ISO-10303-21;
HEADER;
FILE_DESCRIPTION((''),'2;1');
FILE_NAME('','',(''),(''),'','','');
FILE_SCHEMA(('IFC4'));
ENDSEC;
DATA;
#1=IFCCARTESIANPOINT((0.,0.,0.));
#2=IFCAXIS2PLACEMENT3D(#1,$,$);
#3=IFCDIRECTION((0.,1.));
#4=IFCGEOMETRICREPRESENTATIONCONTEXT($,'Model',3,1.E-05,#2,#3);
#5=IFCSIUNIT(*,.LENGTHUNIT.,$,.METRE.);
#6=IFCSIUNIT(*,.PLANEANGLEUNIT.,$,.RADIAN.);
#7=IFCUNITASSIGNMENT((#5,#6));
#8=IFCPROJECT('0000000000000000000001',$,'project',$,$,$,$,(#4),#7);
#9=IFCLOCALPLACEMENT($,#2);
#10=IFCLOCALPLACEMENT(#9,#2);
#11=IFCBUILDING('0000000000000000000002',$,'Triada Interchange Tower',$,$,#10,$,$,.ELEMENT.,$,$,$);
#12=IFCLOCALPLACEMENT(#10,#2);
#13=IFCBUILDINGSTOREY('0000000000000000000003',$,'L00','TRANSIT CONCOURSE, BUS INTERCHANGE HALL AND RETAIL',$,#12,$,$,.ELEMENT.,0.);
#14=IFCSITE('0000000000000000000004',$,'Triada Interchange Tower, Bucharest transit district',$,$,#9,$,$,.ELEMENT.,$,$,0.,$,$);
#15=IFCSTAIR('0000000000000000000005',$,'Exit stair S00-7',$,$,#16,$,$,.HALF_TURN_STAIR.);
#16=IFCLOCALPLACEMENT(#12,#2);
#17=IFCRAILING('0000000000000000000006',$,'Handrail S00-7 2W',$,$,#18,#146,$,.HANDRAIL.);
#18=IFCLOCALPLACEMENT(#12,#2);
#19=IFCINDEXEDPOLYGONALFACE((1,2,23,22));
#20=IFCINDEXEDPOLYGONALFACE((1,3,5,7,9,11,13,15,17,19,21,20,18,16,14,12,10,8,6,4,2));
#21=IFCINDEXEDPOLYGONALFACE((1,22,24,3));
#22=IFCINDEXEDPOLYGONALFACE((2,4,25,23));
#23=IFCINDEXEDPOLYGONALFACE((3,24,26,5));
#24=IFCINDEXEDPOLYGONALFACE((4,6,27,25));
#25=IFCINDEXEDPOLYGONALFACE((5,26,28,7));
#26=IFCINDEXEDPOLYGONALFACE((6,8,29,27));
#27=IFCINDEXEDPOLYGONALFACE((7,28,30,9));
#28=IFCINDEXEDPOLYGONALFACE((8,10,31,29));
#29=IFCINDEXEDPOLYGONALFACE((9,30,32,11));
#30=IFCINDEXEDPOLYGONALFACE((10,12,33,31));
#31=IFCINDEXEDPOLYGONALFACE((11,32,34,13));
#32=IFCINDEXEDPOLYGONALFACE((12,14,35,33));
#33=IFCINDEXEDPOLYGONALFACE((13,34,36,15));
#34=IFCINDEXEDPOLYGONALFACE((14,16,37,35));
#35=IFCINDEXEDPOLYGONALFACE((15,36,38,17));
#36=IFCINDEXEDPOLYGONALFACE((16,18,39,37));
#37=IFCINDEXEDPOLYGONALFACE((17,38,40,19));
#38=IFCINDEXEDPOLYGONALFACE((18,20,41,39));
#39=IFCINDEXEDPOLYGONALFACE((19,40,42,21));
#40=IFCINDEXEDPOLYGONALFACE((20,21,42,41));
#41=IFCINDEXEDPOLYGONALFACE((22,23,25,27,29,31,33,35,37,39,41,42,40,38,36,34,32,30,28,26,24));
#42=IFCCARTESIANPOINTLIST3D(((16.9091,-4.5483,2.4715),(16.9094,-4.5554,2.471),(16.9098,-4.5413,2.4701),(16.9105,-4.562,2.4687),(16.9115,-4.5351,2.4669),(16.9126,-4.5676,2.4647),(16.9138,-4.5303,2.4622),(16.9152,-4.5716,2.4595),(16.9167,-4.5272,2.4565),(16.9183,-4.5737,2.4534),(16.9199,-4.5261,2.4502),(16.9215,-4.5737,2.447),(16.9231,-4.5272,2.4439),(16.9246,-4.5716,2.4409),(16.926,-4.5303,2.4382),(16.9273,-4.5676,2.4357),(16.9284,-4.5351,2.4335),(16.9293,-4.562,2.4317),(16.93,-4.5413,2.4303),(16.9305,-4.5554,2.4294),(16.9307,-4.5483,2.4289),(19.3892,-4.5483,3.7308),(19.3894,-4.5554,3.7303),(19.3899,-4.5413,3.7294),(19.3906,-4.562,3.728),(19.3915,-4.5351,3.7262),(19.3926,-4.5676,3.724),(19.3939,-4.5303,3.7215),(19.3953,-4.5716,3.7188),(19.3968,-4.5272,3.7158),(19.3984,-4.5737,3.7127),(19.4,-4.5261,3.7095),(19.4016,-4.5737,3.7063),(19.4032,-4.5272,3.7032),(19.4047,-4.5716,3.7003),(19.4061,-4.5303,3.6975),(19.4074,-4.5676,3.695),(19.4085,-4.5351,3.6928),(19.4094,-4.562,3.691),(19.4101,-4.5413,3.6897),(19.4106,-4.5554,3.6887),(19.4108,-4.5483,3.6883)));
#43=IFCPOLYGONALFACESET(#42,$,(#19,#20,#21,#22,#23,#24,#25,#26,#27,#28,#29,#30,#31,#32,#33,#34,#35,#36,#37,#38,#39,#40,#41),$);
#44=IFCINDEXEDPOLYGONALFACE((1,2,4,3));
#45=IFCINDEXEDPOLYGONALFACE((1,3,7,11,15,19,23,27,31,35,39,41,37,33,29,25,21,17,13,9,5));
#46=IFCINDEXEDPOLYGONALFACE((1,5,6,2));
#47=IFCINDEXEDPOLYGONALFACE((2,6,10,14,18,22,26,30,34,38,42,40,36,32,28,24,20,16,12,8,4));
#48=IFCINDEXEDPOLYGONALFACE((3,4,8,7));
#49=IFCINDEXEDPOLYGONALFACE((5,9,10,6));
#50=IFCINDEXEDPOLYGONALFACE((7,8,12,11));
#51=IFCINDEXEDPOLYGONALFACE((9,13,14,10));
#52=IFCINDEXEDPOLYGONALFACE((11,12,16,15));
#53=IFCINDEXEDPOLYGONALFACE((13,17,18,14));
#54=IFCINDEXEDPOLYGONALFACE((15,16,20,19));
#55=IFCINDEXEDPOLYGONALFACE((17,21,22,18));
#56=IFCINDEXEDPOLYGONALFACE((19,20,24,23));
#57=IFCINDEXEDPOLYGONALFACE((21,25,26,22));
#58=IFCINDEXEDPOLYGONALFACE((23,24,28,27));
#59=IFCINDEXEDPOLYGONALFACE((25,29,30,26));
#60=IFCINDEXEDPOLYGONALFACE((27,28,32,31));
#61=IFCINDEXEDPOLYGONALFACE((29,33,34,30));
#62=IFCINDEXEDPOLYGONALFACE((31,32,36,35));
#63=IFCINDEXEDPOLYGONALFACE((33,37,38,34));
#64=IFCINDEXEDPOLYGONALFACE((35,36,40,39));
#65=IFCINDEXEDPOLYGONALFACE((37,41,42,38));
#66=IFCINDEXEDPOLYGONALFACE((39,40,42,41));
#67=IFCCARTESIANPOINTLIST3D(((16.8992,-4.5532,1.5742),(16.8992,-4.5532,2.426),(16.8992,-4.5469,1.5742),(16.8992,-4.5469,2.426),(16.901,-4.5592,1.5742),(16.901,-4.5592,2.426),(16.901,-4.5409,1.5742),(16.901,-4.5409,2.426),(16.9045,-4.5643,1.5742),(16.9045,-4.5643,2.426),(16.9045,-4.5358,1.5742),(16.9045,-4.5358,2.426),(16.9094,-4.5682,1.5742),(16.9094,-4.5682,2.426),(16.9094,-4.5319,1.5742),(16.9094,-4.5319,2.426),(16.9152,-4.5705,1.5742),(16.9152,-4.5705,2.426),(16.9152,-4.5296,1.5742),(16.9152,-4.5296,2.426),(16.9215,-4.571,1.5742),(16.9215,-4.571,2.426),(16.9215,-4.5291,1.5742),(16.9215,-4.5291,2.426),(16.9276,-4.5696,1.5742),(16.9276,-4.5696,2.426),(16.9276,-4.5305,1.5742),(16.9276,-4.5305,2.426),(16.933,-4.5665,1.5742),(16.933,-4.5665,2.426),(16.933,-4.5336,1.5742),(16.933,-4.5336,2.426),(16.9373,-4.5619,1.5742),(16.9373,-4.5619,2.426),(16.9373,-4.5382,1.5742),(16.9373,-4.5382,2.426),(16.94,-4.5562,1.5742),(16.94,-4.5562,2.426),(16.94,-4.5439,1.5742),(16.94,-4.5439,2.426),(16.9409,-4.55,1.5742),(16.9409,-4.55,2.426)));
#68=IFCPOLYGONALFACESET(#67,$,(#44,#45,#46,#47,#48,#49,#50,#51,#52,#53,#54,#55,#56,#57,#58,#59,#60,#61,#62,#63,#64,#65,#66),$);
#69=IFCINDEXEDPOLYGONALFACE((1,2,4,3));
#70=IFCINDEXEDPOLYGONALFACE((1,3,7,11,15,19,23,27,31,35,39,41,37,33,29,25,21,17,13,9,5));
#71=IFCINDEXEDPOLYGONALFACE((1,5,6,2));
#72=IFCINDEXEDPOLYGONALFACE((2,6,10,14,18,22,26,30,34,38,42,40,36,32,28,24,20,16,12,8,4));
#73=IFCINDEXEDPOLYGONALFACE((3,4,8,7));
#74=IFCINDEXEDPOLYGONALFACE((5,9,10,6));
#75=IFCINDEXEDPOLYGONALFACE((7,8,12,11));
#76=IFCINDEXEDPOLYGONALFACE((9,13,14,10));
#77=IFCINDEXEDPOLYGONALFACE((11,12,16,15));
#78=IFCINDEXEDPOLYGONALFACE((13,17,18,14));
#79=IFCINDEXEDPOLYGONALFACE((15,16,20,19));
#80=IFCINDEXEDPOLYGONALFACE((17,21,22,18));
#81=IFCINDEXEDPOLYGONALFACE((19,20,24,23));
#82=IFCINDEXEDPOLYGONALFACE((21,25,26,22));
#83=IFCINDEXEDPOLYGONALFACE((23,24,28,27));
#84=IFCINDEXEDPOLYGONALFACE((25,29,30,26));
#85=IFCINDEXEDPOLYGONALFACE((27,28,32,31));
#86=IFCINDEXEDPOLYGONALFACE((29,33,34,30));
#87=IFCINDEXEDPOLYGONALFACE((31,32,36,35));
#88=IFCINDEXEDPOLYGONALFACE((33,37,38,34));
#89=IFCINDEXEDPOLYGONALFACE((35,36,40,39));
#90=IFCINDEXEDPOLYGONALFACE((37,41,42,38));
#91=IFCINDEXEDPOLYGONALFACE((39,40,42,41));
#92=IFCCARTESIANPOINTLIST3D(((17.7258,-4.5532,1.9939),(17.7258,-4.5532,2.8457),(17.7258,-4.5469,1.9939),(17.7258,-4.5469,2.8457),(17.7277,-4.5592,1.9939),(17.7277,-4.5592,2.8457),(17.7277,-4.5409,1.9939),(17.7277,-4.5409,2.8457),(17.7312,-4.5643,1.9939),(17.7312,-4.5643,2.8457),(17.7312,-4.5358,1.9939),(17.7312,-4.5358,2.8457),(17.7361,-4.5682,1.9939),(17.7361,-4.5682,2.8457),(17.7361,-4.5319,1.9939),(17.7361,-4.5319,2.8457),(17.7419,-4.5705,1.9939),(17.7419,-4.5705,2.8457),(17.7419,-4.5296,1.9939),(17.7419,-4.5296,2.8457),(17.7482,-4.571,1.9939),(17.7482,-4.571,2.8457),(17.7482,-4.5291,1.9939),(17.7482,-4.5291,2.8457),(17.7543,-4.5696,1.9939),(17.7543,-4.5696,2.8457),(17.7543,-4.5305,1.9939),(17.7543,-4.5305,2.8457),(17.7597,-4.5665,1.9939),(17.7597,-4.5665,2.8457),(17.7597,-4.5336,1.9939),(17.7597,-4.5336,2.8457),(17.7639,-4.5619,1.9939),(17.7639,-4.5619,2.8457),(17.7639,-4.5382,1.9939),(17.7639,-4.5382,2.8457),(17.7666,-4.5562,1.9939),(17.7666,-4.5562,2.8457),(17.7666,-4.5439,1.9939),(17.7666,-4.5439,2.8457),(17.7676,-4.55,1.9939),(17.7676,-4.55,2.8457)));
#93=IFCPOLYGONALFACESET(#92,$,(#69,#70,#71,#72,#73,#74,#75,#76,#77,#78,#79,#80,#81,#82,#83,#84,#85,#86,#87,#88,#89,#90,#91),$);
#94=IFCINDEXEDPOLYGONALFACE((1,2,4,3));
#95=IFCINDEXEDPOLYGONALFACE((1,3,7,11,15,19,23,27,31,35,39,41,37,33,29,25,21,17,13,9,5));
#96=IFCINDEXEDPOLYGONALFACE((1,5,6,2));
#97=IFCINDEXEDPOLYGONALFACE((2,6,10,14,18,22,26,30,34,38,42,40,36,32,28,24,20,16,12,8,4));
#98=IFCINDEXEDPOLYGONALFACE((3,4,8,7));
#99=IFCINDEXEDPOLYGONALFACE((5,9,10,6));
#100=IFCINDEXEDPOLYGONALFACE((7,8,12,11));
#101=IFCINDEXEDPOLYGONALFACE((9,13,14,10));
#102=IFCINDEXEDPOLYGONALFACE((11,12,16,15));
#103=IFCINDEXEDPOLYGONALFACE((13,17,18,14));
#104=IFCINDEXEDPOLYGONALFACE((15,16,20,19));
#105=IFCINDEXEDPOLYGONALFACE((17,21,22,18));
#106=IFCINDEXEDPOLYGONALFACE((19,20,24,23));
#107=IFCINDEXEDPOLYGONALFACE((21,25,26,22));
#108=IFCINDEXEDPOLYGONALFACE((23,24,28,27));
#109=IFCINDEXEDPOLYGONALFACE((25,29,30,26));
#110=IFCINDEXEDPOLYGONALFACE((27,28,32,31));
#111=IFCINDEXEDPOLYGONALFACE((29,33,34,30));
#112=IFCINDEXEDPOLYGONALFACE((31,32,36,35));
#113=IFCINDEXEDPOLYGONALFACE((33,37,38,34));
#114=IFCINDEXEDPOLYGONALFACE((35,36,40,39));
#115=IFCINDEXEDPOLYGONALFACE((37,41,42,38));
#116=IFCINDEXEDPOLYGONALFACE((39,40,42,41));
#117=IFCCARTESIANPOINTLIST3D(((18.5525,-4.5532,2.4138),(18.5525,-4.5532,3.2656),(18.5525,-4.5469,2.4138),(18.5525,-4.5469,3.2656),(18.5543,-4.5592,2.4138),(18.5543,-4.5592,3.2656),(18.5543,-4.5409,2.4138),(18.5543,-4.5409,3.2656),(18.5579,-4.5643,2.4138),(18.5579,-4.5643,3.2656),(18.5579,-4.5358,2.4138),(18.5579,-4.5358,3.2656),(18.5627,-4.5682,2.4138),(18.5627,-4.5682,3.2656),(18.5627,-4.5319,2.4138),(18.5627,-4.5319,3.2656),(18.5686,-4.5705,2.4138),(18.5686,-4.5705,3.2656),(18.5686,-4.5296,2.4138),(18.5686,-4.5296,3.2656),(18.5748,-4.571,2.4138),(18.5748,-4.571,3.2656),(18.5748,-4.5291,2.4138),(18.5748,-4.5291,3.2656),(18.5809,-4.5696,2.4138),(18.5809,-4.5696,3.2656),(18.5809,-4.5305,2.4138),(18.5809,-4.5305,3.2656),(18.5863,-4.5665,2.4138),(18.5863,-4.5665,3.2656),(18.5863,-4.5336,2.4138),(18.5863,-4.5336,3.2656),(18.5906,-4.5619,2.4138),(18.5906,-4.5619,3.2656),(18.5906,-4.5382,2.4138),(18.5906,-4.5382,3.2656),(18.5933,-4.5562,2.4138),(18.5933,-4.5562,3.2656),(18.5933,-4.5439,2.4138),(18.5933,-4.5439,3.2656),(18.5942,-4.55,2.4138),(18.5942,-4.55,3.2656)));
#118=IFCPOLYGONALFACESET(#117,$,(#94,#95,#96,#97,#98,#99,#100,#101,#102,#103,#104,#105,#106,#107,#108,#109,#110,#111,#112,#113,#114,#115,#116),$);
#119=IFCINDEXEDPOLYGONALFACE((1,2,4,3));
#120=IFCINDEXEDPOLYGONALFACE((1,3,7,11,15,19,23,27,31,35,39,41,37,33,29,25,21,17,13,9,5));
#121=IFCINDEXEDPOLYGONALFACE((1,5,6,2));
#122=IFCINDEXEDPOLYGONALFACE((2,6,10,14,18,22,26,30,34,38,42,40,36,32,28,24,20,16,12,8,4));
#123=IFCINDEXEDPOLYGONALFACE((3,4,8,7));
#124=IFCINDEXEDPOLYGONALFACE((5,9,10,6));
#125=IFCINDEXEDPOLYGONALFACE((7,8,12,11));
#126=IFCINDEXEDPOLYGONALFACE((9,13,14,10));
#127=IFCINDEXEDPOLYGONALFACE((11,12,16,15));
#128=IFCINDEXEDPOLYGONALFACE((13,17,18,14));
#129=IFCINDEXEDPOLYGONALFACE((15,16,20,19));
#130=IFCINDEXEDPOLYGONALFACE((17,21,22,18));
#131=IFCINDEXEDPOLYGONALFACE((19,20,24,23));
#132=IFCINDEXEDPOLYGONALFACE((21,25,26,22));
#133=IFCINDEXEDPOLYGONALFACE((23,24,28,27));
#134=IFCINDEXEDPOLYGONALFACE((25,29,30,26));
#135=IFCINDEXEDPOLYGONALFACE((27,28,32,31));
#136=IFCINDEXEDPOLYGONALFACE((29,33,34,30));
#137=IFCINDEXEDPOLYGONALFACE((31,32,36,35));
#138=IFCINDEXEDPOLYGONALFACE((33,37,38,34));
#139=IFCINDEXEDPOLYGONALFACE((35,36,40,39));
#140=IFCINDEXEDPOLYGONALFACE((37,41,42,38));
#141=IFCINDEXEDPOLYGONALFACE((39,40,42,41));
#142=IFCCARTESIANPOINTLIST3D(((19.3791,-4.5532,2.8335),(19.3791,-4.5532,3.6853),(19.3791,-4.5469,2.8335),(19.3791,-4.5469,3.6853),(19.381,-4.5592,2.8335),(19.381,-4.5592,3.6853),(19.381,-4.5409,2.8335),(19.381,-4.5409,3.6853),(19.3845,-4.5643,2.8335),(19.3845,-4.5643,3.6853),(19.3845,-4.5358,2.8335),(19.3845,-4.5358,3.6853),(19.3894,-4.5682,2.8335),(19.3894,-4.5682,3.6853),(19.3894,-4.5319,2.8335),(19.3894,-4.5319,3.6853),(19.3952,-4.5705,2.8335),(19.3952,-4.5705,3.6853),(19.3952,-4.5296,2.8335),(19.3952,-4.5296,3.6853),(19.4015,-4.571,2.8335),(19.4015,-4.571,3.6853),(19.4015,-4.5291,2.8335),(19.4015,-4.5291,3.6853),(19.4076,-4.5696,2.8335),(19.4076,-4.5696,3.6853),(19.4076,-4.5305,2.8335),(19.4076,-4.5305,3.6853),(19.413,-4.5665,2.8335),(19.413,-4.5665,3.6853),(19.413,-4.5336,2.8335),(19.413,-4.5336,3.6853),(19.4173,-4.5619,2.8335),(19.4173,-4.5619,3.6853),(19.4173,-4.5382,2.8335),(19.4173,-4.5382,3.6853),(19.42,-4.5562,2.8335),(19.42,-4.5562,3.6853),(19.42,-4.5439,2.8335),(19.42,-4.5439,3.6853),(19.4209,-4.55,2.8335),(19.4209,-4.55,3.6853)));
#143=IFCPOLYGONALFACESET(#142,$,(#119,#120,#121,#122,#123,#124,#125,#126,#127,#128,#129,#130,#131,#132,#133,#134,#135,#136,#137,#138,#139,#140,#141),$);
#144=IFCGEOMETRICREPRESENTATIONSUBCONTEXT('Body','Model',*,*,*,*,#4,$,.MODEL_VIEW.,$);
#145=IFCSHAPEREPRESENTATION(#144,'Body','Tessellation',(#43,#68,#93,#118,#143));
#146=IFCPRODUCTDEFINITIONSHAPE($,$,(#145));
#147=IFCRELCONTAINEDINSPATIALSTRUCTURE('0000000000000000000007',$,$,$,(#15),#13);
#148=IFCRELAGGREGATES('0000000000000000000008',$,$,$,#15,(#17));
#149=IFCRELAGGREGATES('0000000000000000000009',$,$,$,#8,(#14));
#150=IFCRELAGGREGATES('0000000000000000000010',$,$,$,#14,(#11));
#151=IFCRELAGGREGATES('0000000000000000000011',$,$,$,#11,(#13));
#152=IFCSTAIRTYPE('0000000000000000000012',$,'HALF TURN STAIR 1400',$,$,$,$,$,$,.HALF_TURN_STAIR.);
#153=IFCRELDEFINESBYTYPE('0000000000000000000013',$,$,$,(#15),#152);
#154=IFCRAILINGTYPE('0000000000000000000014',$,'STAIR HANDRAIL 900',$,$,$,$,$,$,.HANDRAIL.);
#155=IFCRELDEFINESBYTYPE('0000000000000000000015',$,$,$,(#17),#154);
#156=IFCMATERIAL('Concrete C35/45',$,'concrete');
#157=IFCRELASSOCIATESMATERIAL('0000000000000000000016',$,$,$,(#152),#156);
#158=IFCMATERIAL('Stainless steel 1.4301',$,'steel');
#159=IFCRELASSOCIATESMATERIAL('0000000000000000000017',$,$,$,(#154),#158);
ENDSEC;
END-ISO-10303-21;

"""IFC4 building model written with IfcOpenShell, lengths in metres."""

from ifc_helpers import new_model, si_unit, direction, frame, origin, origin_2d, place, context, subcontext, project, spatial, circle, extrude, material, type_object, element, aggregate, save


model = new_model("IFC4")

# Units and contexts
model_context = context("Model", 3, precision=1e-05, world=origin(), true_north=direction((0.0, 1.0)))
body_context = subcontext(model_context, "Body", "Model", "MODEL_VIEW")
ifc_project = project(units=[si_unit("LENGTHUNIT", "METRE"), si_unit("PLANEANGLEUNIT", "RADIAN")], contexts=[model_context])

# Site, building, storey
site_placement = place(None, origin())
site = spatial("IfcSite", under=ifc_project, at=site_placement, Name="Triada Interchange Tower, Bucharest transit district", CompositionType="ELEMENT", RefElevation=0.0)
building_placement = place(site_placement, origin())
building = spatial("IfcBuilding", under=site, at=building_placement, Name="Triada Interchange Tower", CompositionType="ELEMENT")
storey_placement = place(building_placement, origin())
storey = spatial("IfcBuildingStorey", under=building, at=storey_placement, Name="L00", Description="TRANSIT CONCOURSE, BUS INTERCHANGE HALL AND RETAIL", CompositionType="ELEMENT", Elevation=0.0)

# Shared definitions
ifc_material_1 = material(Name="Concrete C35/45", Category="concrete")

# Stair, railing
stair_type = type_object("IfcStairType", Name="HALF TURN STAIR 1400", PredefinedType="HALF_TURN_STAIR", material=ifc_material_1)
stair_placement = place(storey_placement, origin())
stair = element("IfcStair", 1, at=stair_placement, inside=storey, type_object=stair_type, Name="Exit stair S00-7", PredefinedType="HALF_TURN_STAIR")
ifc_material_2 = material(Name="Stainless steel 1.4301", Category="steel")
railing_type_1 = type_object("IfcRailingType", Name="STAIR HANDRAIL 900", PredefinedType="HANDRAIL", material=ifc_material_2)
railing_1_placement = place(storey_placement, frame((16.9199, -4.55, 1.5742)))
railing_1 = element("IfcRailing", 2, at=railing_1_placement, type_object=railing_type_1, Name="Handrail S00-7 2W", PredefinedType="HANDRAIL", context=body_context, shape_type="SweptSolid", body=[
    extrude(circle(Radius=0.0239, at=origin_2d()), frame((0.0, 0.0, 0.876), z_axis=(0.891636, 0.0, 0.452752), x_axis=(0.0, 1.0, 0.0)), (0.0, 0.0, 1.0), 2.7815),
    extrude(circle(Radius=0.021, at=origin_2d()), origin(), (0.0, 0.0, 1.0), 0.8518),
    extrude(circle(Radius=0.021, at=origin_2d()), frame((0.8267, 0.0, 0.4197)), (0.0, 0.0, 1.0), 0.8518),
    extrude(circle(Radius=0.021, at=origin_2d()), frame((1.6533, 0.0, 0.8396)), (0.0, 0.0, 1.0), 0.8518),
    extrude(circle(Radius=0.021, at=origin_2d()), frame((2.48, 0.0, 1.2593)), (0.0, 0.0, 1.0), 0.8518),
])
aggregate(stair, [railing_1])

save(model, "model.ifc")
